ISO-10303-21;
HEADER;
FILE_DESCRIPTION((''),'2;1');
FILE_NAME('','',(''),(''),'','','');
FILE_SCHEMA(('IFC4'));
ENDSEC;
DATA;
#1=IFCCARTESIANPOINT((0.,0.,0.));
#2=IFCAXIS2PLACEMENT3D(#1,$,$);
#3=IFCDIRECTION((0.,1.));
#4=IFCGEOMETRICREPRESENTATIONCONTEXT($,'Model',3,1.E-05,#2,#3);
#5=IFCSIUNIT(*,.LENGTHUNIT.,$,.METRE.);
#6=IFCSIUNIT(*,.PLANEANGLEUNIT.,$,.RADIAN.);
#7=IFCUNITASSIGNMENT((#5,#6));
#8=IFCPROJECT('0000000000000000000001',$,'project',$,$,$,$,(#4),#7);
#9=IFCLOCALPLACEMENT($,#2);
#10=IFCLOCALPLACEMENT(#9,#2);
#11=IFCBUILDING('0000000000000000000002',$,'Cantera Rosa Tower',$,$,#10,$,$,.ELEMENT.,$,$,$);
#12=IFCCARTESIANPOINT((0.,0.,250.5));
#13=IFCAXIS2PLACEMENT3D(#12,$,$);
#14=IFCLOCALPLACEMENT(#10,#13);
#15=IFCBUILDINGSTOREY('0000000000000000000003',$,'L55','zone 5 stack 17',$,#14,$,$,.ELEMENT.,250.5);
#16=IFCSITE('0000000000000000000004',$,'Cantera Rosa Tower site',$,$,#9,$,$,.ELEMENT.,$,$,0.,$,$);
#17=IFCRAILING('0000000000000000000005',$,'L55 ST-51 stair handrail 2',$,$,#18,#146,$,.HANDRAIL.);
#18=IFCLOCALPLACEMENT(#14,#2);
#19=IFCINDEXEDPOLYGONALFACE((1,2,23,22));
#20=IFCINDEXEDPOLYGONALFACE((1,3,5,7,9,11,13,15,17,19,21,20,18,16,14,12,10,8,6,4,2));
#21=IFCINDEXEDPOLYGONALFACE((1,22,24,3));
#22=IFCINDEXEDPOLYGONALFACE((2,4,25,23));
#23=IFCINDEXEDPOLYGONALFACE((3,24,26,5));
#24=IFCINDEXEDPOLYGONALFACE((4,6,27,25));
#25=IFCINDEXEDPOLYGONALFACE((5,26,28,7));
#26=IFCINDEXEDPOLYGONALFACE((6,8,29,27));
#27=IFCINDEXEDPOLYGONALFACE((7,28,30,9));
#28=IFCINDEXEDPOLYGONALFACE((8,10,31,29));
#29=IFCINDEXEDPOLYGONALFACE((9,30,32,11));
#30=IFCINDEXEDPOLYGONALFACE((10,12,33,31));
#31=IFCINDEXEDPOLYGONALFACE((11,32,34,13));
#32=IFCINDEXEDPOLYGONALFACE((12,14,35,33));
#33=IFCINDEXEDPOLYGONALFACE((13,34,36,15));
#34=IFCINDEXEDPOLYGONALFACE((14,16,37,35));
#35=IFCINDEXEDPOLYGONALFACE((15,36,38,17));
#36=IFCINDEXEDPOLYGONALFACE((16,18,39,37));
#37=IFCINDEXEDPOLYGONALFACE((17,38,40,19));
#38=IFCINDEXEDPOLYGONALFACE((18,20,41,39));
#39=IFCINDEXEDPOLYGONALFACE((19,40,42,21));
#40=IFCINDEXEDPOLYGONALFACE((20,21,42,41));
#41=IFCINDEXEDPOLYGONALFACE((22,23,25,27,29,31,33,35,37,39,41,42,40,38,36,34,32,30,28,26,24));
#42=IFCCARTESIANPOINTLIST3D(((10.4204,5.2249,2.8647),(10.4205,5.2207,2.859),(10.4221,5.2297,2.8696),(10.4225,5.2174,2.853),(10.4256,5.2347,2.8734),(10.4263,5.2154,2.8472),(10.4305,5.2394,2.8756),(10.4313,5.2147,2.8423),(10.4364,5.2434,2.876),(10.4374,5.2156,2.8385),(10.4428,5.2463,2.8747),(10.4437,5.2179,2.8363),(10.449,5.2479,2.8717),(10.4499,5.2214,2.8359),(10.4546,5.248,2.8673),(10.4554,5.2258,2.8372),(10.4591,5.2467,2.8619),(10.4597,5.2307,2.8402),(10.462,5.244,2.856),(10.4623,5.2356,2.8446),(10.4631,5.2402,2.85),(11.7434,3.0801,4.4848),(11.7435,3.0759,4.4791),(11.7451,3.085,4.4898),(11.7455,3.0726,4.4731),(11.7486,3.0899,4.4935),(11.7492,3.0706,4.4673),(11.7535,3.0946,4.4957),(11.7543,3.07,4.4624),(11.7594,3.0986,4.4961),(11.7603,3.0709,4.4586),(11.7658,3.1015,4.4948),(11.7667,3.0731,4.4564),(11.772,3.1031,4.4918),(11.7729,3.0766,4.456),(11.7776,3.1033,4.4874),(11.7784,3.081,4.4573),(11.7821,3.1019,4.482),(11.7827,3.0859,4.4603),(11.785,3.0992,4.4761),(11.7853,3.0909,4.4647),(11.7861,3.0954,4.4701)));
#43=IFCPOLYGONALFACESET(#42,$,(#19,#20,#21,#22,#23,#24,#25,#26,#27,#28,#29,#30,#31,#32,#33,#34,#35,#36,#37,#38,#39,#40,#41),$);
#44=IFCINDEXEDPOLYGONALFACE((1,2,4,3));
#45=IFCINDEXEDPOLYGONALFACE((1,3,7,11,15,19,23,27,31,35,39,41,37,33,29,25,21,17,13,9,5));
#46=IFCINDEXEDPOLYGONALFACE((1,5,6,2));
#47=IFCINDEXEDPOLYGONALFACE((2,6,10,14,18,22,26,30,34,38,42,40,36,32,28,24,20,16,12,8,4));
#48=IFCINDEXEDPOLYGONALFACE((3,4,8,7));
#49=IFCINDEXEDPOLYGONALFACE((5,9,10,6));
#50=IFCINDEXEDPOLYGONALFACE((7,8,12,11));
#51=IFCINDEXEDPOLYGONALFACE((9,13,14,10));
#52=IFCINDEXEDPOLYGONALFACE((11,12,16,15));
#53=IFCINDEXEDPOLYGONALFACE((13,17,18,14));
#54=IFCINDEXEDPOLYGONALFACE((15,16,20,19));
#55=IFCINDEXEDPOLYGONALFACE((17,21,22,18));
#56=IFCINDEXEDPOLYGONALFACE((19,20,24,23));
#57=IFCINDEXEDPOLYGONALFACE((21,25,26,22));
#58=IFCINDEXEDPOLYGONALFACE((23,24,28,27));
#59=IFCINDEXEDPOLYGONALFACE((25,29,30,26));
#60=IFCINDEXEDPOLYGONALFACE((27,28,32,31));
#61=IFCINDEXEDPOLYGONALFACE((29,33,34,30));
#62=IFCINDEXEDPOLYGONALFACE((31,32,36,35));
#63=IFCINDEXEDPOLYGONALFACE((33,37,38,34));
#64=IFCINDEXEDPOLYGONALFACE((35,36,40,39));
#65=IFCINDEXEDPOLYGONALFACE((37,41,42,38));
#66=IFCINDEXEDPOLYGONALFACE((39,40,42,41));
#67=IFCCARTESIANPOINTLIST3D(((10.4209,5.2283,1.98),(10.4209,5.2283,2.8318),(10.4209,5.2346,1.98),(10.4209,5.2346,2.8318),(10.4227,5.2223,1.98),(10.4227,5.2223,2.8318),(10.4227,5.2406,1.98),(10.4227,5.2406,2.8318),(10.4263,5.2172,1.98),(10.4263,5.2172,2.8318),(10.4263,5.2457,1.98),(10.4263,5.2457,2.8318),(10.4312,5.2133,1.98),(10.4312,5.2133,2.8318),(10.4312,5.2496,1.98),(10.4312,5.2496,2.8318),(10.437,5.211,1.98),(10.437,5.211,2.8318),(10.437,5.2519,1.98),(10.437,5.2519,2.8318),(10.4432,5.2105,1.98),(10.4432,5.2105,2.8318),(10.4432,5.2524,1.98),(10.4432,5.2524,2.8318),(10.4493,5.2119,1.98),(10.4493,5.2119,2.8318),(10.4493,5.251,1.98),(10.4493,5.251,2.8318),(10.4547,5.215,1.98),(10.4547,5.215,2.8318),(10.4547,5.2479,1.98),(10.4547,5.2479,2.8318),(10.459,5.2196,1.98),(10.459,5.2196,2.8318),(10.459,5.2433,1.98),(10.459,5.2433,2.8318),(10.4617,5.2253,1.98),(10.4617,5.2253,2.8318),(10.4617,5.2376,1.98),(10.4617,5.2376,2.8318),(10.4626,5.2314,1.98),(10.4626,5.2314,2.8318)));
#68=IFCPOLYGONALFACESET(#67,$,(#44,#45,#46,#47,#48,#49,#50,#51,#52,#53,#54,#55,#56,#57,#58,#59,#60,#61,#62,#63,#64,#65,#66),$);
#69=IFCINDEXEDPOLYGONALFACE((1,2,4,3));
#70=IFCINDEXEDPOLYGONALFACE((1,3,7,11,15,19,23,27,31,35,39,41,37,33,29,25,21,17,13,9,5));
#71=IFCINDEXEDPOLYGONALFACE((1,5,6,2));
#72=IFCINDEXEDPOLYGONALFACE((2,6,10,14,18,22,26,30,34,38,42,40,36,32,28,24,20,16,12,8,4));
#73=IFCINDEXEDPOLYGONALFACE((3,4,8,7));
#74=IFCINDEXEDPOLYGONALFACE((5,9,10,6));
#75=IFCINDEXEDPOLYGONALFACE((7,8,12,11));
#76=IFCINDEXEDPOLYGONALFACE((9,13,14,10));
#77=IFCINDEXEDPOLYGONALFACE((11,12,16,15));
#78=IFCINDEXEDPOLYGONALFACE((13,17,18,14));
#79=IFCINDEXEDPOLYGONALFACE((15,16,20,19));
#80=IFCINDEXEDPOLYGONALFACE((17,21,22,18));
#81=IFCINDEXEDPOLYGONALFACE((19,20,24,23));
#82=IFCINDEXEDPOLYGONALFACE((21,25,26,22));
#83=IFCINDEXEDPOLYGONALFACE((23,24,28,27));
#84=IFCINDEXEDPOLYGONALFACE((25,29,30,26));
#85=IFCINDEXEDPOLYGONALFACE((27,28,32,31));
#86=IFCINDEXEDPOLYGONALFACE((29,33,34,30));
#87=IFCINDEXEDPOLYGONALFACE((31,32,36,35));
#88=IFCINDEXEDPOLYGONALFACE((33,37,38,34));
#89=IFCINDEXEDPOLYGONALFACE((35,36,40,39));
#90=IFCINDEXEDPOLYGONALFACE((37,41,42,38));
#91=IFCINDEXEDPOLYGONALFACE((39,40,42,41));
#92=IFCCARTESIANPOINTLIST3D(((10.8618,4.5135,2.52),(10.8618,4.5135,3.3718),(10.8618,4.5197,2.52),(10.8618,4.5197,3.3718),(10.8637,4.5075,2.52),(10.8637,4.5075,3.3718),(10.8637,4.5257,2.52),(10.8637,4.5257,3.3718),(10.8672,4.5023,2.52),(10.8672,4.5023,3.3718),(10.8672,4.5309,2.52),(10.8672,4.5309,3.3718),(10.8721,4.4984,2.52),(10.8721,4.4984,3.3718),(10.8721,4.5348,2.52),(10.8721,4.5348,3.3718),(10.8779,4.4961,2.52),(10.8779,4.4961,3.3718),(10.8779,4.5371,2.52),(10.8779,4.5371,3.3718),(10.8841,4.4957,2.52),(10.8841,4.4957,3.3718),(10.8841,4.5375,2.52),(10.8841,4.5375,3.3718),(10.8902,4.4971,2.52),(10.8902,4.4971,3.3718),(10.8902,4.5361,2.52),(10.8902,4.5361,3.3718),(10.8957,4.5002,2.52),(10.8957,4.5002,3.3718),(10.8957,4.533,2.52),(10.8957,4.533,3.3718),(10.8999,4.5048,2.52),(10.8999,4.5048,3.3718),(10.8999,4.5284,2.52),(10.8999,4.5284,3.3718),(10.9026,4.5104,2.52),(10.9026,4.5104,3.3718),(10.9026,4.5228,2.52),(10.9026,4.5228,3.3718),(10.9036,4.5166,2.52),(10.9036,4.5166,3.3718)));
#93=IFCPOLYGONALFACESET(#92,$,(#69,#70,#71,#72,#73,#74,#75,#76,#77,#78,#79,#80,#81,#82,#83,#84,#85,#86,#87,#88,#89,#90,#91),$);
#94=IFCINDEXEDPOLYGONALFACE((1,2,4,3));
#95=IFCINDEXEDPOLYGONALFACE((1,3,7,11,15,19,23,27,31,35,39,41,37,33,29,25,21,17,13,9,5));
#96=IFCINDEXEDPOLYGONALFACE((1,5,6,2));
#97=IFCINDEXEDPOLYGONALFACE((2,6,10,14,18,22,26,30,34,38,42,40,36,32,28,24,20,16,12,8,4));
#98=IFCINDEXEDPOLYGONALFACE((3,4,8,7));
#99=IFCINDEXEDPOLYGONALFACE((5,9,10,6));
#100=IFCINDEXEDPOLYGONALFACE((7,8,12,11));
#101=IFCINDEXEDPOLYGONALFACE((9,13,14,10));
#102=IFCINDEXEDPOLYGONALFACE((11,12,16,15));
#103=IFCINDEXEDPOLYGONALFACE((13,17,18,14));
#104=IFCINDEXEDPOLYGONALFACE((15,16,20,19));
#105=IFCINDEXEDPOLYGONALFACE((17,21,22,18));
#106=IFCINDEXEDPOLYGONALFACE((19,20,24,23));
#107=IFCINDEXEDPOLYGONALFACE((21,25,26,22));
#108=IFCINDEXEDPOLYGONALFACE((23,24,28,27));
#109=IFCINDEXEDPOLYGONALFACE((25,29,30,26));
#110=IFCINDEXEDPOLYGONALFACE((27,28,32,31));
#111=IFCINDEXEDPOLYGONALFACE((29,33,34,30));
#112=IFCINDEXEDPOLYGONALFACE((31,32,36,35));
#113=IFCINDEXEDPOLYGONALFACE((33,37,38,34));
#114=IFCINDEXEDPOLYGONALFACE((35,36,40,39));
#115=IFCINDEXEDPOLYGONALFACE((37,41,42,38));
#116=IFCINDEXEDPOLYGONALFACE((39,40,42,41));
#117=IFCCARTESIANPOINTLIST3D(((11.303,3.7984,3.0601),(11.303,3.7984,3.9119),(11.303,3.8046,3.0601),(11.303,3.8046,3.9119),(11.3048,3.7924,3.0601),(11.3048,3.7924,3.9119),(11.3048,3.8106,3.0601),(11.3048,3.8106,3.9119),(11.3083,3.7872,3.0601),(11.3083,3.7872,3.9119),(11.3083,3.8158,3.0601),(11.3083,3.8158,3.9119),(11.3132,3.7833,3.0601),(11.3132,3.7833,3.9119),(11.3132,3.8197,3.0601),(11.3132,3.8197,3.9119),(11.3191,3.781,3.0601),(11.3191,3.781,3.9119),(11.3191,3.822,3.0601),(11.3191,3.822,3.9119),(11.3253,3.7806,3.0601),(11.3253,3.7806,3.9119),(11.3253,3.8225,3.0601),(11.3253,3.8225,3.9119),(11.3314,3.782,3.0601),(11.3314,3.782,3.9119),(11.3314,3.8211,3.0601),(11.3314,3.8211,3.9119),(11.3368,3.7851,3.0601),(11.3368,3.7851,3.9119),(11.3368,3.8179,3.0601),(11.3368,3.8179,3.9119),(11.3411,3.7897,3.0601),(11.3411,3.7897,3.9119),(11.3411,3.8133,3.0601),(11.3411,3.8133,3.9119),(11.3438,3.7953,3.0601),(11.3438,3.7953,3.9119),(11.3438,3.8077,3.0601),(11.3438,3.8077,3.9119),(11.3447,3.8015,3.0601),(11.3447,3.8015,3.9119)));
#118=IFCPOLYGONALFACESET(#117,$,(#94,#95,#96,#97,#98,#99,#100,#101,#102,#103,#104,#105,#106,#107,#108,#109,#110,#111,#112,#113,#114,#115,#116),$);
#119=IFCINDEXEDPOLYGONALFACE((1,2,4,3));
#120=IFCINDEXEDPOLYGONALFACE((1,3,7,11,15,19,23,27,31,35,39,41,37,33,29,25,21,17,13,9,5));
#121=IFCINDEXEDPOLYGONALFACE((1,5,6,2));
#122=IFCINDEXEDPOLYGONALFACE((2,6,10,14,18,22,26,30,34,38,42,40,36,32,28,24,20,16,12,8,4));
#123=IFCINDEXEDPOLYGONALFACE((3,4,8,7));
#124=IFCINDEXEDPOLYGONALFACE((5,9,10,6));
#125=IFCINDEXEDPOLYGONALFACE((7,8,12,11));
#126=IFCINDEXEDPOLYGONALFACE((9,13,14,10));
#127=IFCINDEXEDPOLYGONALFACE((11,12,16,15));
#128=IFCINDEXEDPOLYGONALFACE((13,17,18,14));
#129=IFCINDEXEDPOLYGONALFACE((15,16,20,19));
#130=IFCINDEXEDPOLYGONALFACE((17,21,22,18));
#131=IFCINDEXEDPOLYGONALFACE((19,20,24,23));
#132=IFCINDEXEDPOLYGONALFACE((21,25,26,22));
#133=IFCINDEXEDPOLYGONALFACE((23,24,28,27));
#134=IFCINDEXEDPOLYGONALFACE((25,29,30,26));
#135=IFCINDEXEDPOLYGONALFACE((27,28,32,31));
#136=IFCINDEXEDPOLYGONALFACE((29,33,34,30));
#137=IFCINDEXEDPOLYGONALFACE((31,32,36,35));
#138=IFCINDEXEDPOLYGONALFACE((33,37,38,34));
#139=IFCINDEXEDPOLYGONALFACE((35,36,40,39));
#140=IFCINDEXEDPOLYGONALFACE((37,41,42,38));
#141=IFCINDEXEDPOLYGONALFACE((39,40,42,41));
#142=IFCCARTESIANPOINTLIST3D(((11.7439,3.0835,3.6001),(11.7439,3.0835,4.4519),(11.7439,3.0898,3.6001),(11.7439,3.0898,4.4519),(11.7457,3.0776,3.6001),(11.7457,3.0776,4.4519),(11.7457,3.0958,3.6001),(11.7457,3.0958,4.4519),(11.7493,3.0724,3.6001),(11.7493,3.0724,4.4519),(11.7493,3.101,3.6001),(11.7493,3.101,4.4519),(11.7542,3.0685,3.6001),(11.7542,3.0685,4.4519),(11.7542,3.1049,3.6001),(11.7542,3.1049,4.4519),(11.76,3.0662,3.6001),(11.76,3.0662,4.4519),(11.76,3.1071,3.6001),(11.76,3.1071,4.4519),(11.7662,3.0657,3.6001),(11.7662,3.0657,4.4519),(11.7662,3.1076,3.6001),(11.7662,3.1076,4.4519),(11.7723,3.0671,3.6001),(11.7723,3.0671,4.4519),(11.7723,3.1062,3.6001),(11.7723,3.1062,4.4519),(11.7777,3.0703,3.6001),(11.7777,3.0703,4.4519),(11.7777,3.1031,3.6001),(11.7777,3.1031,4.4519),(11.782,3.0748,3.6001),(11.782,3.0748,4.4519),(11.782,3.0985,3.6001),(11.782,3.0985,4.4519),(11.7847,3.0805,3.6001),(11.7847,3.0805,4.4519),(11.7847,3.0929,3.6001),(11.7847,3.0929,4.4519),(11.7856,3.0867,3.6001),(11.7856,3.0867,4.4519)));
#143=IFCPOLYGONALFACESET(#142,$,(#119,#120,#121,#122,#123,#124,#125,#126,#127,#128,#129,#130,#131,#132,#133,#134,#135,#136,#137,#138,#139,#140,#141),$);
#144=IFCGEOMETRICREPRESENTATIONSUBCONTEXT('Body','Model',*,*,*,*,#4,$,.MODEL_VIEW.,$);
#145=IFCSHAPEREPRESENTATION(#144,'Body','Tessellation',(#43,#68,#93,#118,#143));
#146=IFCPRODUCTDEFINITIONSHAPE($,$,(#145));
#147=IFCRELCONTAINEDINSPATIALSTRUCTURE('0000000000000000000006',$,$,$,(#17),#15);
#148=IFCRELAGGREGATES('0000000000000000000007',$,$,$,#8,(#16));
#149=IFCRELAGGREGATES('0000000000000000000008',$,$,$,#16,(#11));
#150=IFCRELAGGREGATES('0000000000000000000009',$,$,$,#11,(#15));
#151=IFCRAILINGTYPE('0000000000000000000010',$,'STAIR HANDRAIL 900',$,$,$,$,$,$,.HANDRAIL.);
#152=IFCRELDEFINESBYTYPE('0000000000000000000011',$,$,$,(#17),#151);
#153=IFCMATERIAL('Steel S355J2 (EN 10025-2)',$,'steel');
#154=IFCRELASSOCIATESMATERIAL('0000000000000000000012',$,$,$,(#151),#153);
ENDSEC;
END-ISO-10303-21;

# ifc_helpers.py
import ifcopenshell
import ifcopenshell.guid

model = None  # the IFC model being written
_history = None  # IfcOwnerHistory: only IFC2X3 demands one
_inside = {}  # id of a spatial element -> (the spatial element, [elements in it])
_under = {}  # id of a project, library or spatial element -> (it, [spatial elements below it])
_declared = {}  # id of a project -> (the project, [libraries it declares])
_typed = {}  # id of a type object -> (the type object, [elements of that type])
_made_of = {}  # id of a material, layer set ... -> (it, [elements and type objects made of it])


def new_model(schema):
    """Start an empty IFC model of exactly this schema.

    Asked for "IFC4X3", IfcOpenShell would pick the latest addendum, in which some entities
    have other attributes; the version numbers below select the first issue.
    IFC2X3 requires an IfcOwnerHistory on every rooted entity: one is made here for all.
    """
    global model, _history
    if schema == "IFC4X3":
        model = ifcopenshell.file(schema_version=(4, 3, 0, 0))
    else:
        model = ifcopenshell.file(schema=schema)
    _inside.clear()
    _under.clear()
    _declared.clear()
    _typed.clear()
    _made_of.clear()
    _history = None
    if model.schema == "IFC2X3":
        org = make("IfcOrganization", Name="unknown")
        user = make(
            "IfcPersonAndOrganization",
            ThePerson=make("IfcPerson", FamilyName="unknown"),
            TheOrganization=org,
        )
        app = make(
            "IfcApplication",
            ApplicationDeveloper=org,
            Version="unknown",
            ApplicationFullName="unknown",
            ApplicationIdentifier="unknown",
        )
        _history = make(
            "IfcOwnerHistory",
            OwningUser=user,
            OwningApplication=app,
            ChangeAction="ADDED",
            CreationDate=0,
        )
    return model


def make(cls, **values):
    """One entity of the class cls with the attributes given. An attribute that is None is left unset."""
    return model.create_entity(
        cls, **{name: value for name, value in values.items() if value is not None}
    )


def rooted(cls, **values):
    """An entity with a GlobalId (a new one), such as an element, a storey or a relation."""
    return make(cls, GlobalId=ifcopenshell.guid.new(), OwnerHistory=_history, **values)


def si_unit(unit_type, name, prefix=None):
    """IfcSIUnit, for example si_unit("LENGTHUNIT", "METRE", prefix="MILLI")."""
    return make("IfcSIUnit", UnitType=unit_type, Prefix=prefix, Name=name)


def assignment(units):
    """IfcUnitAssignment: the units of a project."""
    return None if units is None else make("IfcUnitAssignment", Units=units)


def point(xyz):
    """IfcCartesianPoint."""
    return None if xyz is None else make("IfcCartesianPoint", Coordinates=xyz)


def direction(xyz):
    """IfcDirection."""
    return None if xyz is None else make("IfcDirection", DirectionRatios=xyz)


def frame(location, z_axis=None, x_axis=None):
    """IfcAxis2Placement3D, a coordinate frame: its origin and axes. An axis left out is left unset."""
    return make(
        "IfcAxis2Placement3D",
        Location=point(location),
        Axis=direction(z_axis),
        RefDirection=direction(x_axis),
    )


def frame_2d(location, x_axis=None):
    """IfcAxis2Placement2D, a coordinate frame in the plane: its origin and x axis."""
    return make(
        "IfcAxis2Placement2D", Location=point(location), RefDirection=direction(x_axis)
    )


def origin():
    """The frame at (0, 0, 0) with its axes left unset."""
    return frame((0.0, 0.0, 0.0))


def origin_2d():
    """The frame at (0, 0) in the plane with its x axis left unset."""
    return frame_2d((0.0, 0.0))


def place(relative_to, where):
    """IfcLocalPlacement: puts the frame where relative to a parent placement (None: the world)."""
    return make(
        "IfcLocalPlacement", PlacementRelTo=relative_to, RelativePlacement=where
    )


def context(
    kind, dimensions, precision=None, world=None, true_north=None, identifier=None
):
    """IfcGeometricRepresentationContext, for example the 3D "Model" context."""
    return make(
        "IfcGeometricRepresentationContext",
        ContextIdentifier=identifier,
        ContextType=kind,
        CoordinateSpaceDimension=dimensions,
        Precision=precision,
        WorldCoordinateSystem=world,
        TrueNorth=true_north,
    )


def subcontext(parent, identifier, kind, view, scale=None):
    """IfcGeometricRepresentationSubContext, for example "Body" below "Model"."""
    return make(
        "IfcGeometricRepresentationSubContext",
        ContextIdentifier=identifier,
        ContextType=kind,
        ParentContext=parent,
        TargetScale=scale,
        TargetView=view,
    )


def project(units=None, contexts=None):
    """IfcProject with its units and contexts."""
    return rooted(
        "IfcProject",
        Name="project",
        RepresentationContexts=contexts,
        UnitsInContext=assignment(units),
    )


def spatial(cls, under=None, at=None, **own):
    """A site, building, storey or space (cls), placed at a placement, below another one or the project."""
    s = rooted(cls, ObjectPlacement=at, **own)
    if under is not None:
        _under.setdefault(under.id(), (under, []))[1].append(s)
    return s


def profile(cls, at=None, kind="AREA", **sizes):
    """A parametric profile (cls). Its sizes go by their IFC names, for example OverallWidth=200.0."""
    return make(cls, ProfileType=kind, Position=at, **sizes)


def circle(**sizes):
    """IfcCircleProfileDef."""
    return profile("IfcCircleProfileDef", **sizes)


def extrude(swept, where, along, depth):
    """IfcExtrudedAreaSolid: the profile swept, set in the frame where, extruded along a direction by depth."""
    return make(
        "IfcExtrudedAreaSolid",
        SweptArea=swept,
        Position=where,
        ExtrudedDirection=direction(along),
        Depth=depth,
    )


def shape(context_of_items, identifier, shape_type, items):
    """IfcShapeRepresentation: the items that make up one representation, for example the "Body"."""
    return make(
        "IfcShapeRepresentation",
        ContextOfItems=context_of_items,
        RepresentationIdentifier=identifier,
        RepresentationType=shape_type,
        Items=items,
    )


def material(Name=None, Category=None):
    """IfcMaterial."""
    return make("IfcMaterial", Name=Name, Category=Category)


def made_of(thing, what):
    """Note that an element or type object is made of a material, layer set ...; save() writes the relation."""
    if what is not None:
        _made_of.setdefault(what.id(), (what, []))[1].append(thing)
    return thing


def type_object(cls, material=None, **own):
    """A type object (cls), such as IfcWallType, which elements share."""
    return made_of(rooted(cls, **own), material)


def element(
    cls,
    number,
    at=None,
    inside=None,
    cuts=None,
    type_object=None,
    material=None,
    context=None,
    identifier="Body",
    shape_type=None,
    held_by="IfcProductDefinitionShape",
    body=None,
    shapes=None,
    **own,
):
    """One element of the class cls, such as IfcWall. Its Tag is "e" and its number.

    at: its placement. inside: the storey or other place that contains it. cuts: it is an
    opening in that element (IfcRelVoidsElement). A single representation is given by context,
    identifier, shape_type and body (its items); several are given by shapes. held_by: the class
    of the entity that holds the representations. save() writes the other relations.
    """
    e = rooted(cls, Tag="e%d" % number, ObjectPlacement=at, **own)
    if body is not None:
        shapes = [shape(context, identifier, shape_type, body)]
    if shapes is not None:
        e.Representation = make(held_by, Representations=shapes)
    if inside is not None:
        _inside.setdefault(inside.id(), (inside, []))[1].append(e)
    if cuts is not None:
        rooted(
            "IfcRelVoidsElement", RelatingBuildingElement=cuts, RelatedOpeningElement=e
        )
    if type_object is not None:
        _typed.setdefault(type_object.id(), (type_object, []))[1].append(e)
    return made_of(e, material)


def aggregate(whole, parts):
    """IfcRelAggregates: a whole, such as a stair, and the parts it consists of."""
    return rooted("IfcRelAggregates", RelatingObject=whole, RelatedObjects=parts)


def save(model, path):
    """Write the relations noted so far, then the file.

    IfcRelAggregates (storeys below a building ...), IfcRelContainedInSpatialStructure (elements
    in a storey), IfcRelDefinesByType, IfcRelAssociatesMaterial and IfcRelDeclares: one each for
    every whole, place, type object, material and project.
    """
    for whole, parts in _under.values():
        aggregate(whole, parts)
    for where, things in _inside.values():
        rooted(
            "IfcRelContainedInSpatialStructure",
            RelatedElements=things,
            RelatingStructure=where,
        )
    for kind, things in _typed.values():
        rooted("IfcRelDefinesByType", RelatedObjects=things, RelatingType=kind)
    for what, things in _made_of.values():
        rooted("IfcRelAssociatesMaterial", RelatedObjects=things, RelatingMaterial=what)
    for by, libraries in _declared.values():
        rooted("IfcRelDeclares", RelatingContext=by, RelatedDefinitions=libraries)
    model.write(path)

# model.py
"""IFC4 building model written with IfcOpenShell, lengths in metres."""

from ifc_helpers import new_model, si_unit, direction, frame, origin, origin_2d, place, context, subcontext, project, spatial, circle, extrude, material, type_object, element, save


model = new_model("IFC4")

# Units and contexts
model_context = context("Model", 3, precision=1e-05, world=origin(), true_north=direction((0.0, 1.0)))
body_context = subcontext(model_context, "Body", "Model", "MODEL_VIEW")
ifc_project = project(units=[si_unit("LENGTHUNIT", "METRE"), si_unit("PLANEANGLEUNIT", "RADIAN")], contexts=[model_context])

# Site, building, storey
site_placement = place(None, origin())
site = spatial("IfcSite", under=ifc_project, at=site_placement, Name="Cantera Rosa Tower site", CompositionType="ELEMENT", RefElevation=0.0)
building_placement = place(site_placement, origin())
building = spatial("IfcBuilding", under=site, at=building_placement, Name="Cantera Rosa Tower", CompositionType="ELEMENT")
storey_placement = place(building_placement, frame((0.0, 0.0, 250.5)))
storey = spatial("IfcBuildingStorey", under=building, at=storey_placement, Name="L55", Description="zone 5 stack 17", CompositionType="ELEMENT", Elevation=250.5)

# Railing
ifc_material_1 = material(Name="Steel S355J2 (EN 10025-2)", Category="steel")
railing_type_1 = type_object("IfcRailingType", Name="STAIR HANDRAIL 900", PredefinedType="HANDRAIL", material=ifc_material_1)
railing_1_placement = place(storey_placement, frame((10.4417, 5.2314, 1.98)))
element("IfcRailing", 1, at=railing_1_placement, inside=storey, type_object=railing_type_1, Name="L55 ST-51 stair handrail 2", PredefinedType="HANDRAIL", context=body_context, shape_type="SweptSolid", body=[
    extrude(circle(Radius=0.0239, at=origin_2d()), frame((0.0, 0.0, 0.876), z_axis=(0.441609, -0.715914, 0.540786), x_axis=(0.851102, 0.525, 0.0)), (0.0, 0.0, 1.0), 2.9958),
    extrude(circle(Radius=0.021, at=origin_2d()), origin(), (0.0, 0.0, 1.0), 0.8518),
    extrude(circle(Radius=0.021, at=origin_2d()), frame((0.4409, -0.7148, 0.54)), (0.0, 0.0, 1.0), 0.8518),
    extrude(circle(Radius=0.021, at=origin_2d()), frame((0.8821, -1.4299, 1.0801)), (0.0, 0.0, 1.0), 0.8518),
    extrude(circle(Radius=0.021, at=origin_2d()), frame((1.323, -2.1448, 1.6201)), (0.0, 0.0, 1.0), 0.8518),
])

save(model, "model.ifc")
